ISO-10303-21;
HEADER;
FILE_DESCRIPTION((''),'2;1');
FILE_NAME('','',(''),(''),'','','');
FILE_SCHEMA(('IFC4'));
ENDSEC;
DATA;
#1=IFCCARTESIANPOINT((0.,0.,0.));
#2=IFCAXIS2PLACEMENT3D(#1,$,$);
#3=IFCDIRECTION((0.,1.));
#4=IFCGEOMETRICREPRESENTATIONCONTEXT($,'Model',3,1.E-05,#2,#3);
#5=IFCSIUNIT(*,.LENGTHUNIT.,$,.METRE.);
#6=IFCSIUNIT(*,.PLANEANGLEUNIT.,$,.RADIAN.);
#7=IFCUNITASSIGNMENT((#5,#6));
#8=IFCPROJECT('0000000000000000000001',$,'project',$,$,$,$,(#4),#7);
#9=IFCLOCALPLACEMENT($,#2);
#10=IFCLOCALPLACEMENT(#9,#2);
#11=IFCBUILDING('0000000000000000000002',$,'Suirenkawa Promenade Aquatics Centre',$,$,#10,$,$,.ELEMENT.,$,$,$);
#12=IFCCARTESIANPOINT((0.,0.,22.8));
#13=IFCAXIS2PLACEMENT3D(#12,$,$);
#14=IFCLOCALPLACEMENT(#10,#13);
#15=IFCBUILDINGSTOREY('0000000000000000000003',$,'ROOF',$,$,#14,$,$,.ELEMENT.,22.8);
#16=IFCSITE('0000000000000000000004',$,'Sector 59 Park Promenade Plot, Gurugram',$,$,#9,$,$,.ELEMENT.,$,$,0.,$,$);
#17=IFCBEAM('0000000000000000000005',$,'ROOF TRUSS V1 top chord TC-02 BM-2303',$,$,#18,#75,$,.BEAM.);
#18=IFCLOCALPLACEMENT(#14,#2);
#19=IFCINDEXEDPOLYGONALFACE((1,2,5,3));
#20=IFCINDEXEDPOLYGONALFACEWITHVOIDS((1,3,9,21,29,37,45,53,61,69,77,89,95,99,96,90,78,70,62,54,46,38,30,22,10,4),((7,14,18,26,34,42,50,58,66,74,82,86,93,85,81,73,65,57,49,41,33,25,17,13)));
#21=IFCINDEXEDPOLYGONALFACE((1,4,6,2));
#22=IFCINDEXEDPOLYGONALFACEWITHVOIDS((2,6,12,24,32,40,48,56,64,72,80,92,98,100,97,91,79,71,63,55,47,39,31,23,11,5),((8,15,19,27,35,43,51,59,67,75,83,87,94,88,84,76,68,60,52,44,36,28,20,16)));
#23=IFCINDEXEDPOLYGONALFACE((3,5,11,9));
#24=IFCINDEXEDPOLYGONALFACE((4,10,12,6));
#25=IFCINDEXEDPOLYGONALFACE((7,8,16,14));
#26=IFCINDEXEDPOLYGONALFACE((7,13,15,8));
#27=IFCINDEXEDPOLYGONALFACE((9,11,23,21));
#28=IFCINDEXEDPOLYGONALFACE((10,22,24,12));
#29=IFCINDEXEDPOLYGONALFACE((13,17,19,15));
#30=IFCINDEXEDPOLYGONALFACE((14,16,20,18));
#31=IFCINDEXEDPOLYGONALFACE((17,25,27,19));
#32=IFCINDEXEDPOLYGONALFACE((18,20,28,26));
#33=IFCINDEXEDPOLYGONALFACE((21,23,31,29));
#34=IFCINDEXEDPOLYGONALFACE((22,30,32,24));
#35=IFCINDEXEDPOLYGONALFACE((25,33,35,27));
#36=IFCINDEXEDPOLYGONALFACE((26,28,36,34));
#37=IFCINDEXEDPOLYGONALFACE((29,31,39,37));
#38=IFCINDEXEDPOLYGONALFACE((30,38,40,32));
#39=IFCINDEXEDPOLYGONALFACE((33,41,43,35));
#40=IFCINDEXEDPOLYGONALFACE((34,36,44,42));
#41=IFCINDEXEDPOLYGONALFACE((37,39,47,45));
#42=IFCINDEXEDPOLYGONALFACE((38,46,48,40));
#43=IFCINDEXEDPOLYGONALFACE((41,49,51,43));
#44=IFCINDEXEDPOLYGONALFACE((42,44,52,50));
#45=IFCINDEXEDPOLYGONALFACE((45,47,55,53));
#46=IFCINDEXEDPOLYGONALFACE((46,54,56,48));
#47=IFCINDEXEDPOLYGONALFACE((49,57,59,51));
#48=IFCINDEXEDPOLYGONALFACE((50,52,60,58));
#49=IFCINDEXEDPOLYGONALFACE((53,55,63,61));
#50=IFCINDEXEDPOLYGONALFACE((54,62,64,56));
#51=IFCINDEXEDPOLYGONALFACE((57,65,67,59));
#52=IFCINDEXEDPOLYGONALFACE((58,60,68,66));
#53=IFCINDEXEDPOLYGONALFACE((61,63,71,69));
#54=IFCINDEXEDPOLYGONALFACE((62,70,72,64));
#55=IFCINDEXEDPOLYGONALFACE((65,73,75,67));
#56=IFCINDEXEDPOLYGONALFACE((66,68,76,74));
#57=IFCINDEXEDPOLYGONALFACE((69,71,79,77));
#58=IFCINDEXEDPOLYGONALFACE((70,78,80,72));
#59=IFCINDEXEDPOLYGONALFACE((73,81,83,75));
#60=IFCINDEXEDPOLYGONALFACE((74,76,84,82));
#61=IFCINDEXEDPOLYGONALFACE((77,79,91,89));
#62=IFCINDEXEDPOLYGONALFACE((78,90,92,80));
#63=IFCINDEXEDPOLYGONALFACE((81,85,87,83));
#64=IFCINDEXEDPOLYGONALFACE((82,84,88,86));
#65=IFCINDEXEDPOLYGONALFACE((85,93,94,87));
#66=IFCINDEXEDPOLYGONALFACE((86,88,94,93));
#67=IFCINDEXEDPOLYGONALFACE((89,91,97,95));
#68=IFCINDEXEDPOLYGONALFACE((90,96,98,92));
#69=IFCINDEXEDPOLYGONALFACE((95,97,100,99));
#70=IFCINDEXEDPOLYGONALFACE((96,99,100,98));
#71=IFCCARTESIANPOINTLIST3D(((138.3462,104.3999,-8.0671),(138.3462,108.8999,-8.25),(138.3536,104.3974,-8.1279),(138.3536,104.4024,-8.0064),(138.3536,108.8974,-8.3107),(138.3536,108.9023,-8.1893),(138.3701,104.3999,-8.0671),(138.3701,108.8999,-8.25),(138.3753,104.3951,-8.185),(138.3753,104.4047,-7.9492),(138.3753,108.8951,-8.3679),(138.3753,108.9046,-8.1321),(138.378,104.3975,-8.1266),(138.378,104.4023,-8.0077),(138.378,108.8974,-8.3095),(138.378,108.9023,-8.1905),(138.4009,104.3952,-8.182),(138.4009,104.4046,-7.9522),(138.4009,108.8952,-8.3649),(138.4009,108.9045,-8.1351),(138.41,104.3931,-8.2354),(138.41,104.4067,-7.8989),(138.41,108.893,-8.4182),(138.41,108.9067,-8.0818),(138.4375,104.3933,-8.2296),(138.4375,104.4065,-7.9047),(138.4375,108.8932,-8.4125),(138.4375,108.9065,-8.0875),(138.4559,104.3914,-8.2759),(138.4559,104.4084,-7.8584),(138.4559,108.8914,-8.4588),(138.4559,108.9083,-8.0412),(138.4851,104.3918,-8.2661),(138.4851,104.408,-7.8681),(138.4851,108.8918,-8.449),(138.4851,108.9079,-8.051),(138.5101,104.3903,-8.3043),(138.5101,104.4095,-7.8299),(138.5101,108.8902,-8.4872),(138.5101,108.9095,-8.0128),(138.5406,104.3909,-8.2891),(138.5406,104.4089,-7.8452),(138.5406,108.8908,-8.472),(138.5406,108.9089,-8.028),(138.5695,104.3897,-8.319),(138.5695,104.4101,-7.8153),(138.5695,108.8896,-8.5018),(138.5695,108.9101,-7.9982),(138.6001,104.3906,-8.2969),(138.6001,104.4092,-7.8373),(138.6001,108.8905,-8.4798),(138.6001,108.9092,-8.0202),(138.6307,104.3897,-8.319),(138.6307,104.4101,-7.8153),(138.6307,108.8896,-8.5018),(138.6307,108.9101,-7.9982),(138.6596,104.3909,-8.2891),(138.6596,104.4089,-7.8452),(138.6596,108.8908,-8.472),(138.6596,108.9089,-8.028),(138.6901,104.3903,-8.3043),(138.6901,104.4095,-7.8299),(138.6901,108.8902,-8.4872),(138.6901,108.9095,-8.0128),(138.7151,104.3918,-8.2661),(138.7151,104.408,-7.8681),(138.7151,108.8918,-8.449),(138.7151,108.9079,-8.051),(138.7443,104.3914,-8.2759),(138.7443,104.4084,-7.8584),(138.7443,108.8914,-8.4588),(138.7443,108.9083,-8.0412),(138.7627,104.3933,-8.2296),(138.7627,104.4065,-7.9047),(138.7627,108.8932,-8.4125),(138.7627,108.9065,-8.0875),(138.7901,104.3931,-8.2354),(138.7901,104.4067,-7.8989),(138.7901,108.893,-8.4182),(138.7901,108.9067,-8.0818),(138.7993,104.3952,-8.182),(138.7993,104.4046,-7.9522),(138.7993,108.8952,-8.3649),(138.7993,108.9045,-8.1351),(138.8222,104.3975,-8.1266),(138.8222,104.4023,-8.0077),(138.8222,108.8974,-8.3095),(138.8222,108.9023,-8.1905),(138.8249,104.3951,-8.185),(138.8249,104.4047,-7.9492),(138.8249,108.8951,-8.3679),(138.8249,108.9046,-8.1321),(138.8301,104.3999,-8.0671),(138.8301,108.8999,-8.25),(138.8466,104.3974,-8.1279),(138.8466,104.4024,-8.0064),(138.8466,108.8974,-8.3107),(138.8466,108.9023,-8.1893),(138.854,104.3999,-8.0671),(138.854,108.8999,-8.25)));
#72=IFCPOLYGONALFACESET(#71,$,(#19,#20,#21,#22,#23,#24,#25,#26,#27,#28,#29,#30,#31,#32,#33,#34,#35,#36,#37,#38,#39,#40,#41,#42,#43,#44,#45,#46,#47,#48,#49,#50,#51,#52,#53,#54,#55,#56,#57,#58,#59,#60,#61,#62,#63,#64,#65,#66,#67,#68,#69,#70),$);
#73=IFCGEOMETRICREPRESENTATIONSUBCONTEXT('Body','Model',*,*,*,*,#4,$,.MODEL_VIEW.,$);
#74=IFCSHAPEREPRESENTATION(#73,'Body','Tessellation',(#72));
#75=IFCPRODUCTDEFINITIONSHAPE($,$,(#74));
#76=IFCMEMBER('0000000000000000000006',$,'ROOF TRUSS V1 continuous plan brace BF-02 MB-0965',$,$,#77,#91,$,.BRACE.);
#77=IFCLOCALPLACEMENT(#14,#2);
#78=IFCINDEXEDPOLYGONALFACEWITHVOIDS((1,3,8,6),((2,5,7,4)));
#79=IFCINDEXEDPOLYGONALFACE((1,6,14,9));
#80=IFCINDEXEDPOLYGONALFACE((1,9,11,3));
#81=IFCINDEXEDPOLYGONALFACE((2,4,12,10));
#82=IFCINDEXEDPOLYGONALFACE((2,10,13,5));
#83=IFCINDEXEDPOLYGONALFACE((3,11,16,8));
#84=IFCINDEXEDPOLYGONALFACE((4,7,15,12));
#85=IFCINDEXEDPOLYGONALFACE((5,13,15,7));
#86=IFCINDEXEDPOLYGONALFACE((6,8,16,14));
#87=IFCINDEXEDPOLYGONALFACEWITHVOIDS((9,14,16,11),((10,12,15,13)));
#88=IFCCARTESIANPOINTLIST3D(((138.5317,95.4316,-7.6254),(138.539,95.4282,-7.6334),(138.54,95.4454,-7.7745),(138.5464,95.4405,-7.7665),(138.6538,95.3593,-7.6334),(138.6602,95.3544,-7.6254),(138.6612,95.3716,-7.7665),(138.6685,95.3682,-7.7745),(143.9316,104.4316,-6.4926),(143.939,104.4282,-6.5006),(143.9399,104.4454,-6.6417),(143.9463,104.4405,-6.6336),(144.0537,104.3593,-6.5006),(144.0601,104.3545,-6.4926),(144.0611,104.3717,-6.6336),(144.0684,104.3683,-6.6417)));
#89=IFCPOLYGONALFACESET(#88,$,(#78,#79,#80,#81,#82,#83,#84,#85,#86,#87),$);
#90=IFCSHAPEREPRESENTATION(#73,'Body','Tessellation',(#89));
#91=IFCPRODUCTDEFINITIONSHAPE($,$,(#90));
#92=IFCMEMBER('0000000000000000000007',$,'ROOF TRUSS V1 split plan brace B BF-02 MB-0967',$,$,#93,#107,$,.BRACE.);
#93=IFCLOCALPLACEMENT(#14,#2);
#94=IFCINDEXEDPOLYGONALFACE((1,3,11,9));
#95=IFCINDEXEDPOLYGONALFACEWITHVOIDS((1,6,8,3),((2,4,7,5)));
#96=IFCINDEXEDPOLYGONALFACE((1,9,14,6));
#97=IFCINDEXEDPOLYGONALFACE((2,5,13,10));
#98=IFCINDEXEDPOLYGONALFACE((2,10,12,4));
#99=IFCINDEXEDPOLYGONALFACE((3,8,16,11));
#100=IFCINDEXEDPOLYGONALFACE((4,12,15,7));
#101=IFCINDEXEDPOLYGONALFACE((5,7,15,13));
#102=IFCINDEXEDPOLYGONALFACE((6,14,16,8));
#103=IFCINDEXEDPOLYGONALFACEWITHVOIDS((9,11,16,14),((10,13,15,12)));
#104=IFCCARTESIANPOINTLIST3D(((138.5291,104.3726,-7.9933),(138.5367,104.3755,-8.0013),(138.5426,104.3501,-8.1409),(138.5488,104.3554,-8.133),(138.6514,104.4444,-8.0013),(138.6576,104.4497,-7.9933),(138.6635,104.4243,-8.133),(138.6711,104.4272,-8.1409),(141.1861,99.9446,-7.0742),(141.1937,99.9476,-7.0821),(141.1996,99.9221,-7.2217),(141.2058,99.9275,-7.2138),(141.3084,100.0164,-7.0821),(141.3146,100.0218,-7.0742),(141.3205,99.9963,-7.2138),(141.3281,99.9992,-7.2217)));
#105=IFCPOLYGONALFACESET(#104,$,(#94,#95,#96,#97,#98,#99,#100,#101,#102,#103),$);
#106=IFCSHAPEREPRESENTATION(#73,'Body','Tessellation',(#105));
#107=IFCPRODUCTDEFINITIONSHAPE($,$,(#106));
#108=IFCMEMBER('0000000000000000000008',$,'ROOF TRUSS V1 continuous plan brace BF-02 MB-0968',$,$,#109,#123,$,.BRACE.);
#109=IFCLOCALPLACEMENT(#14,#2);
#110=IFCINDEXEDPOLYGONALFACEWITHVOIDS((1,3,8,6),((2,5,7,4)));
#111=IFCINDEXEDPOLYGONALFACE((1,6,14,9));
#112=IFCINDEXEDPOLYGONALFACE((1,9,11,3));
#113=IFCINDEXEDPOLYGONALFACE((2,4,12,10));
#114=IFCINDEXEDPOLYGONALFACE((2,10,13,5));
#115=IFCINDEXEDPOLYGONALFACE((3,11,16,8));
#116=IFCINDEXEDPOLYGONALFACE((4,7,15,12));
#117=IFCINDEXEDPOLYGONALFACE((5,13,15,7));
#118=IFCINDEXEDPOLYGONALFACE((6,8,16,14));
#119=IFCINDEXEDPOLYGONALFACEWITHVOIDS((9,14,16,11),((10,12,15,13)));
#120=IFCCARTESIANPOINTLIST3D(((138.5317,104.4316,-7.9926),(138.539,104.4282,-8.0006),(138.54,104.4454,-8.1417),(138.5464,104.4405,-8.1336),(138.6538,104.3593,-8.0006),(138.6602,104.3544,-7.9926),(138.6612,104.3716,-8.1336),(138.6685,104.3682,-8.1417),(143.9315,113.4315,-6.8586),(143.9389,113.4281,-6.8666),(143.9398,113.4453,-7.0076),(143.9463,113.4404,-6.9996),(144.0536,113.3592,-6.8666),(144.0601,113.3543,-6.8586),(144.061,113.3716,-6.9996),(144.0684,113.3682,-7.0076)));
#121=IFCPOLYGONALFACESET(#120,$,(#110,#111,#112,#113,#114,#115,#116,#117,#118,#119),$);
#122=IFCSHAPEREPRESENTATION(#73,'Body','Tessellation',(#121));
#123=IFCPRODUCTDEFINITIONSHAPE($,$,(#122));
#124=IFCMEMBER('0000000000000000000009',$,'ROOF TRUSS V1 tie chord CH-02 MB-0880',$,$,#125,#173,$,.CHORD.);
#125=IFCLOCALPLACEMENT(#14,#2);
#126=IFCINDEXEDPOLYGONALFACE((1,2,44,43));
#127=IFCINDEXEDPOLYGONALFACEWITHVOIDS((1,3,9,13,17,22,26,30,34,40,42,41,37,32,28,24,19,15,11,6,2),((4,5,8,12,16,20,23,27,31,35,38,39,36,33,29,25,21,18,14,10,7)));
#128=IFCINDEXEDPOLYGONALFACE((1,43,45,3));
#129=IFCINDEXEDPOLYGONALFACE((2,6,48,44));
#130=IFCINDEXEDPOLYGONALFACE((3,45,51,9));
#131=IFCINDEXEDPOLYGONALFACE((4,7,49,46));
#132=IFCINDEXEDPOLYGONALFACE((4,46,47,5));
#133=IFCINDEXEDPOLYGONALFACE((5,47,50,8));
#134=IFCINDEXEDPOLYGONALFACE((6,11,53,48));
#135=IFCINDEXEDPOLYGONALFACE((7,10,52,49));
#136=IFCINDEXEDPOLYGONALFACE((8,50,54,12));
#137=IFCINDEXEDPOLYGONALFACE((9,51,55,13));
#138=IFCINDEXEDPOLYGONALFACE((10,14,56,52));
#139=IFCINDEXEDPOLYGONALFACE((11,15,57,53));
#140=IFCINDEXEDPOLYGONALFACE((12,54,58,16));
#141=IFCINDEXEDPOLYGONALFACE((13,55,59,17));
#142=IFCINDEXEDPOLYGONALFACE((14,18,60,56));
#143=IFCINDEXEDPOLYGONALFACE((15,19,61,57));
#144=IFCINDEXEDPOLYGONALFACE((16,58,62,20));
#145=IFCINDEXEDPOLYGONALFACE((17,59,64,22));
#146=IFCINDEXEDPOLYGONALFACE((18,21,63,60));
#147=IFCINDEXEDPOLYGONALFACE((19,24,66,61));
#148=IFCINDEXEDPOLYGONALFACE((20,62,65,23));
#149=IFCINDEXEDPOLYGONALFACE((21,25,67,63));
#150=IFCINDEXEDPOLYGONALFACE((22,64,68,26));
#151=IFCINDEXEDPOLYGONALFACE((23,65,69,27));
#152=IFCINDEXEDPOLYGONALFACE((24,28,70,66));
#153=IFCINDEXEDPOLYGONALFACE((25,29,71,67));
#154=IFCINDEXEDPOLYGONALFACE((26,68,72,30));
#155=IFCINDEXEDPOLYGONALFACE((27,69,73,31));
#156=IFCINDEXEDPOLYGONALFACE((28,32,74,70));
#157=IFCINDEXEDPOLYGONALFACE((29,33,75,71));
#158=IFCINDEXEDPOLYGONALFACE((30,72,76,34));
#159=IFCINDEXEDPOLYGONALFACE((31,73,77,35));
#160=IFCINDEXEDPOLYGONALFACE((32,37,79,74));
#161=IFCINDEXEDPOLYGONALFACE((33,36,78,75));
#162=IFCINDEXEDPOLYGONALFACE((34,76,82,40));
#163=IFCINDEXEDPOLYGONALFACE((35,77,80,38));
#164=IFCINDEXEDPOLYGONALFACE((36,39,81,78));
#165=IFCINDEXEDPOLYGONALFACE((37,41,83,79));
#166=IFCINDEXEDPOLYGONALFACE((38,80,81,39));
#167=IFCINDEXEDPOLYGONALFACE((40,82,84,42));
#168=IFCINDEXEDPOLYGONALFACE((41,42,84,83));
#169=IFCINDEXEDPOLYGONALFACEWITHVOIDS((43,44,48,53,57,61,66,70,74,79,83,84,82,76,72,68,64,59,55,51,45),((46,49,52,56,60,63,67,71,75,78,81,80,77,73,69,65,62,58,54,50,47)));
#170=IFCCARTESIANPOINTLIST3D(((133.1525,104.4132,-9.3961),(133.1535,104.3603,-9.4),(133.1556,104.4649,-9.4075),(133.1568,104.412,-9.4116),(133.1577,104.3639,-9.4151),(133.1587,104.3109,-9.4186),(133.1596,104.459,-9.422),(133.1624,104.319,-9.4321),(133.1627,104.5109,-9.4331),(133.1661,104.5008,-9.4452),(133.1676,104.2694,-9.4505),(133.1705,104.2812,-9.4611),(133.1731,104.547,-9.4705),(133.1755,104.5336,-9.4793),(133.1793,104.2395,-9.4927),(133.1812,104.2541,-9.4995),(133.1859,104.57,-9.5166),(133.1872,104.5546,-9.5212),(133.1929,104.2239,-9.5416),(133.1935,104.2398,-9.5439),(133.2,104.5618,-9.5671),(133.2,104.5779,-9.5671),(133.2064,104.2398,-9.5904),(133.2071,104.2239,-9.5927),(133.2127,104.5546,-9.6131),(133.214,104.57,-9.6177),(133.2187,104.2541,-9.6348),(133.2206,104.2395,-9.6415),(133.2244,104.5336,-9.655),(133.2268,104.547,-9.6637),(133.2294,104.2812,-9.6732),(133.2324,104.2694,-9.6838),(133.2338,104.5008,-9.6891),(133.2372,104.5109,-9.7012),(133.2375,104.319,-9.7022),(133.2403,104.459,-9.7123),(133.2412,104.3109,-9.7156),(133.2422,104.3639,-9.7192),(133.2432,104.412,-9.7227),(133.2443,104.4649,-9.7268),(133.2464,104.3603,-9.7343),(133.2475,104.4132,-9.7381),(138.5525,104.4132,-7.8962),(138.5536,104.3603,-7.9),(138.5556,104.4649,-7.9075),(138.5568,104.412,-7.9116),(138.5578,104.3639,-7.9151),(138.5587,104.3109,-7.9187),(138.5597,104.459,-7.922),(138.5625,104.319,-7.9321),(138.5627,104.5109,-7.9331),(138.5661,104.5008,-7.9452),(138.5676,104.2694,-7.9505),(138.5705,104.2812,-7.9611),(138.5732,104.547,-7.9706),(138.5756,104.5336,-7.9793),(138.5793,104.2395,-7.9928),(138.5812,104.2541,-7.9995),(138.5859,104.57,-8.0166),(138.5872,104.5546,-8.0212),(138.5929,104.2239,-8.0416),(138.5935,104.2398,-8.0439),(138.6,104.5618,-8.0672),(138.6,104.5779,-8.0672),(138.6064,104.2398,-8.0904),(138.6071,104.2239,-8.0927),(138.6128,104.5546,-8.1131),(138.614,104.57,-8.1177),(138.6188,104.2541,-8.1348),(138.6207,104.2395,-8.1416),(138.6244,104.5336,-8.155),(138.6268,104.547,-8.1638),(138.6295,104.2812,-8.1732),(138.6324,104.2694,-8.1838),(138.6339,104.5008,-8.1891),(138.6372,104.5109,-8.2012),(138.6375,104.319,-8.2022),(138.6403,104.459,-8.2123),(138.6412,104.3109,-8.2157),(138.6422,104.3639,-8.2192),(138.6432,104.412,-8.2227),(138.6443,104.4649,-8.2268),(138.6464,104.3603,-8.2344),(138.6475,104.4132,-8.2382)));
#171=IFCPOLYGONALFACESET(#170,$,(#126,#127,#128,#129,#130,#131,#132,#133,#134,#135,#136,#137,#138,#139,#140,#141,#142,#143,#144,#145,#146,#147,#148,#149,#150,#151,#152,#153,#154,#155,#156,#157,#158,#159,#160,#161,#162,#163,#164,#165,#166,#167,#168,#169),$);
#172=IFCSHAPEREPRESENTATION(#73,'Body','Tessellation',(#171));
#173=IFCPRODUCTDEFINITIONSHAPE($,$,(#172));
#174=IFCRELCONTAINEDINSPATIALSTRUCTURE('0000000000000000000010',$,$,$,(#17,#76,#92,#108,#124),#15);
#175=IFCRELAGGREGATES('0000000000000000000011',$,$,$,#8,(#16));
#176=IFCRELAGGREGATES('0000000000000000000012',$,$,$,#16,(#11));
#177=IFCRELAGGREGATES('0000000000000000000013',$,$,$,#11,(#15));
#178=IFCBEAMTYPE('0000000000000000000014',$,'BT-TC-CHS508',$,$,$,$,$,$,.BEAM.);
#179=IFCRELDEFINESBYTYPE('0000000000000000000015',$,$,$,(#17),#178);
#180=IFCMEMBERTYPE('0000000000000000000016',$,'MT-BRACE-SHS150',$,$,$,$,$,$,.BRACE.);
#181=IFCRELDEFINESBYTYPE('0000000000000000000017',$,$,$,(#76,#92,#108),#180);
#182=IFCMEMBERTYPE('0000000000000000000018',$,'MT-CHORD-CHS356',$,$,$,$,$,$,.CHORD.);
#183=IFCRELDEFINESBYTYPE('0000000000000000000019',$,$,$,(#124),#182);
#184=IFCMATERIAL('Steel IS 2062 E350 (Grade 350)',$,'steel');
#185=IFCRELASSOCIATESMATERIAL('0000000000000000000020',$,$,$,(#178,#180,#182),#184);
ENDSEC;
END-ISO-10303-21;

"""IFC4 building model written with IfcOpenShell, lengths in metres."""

from ifc_helpers import new_model, si_unit, direction, frame, origin, origin_2d, place, context, subcontext, project, spatial, hollow_rectangle, hollow_circle, extrude, material, material_profile, profile_set, type_object, element, save


model = new_model("IFC4")

# Units and contexts
model_context = context("Model", 3, precision=1e-05, world=origin(), true_north=direction((0.0, 1.0)))
body_context = subcontext(model_context, "Body", "Model", "MODEL_VIEW")
ifc_project = project(units=[si_unit("LENGTHUNIT", "METRE"), si_unit("PLANEANGLEUNIT", "RADIAN")], contexts=[model_context])

# Site, building, storey
site_placement = place(None, origin())
site = spatial("IfcSite", under=ifc_project, at=site_placement, Name="Sector 59 Park Promenade Plot, Gurugram", CompositionType="ELEMENT", RefElevation=0.0)
building_placement = place(site_placement, origin())
building = spatial("IfcBuilding", under=site, at=building_placement, Name="Suirenkawa Promenade Aquatics Centre", CompositionType="ELEMENT")
storey_placement = place(building_placement, frame((0.0, 0.0, 22.8)))
storey = spatial("IfcBuildingStorey", under=building, at=storey_placement, Name="ROOF", CompositionType="ELEMENT", Elevation=22.8)

# Beam
ifc_material_1 = material(Name="Steel IS 2062 E350 (Grade 350)", Category="steel")
ifc_material_profile_1 = material_profile(ifc_material_1, hollow_circle(Radius=0.2539, WallThickness=0.0239, at=origin_2d()), Name="CHS 508x24", Category="steel")
ifc_profile_set_1 = profile_set([ifc_material_profile_1], Name="Steel IS 2062 E350 (Grade 350)")
beam_type_1 = type_object("IfcBeamType", Name="BT-TC-CHS508", PredefinedType="BEAM", material=ifc_profile_set_1)
for number, where, z_axis, x_axis, name in (
    (1, (138.6001, 104.3999, -8.0671), (0.0, 0.999175, -0.040602), (-1.0, 0.0, 0.0), "ROOF TRUSS V1 top chord TC-02 BM-2303"),
):
    element("IfcBeam", number, at=place(storey_placement, frame(where, z_axis=z_axis, x_axis=x_axis)), inside=storey, type_object=beam_type_1, Name=name, PredefinedType="BEAM", context=body_context, shape_type="SweptSolid", body=[
        extrude(hollow_circle(Radius=0.2539, WallThickness=0.0239, at=origin_2d()), origin(), (0.0, 0.0, 1.0), 4.5037),
    ])

# Members
ifc_material_profile_2 = material_profile(ifc_material_1, hollow_rectangle(XDim=0.1499, YDim=0.1499, WallThickness=0.0081, at=origin_2d()), Name="SHS 150x150x8", Category="steel")
ifc_profile_set_2 = profile_set([ifc_material_profile_2], Name="Steel IS 2062 E350 (Grade 350)")
member_type_1 = type_object("IfcMemberType", Name="MT-BRACE-SHS150", PredefinedType="BRACE", material=ifc_profile_set_2)
member_1_placement = place(storey_placement, frame((138.6001, 95.3999, -7.7), z_axis=(0.511518, 0.852546, 0.107308), x_axis=(-0.857497, 0.514489, 0.0)))
element("IfcMember", 2, at=member_1_placement, inside=storey, type_object=member_type_1, Name="ROOF TRUSS V1 continuous plan brace BF-02 MB-0965", PredefinedType="BRACE", context=body_context, shape_type="SweptSolid", body=[
    extrude(hollow_rectangle(XDim=0.1499, YDim=0.1499, WallThickness=0.0081, at=origin_2d()), origin(), (0.0, 0.0, 1.0), 10.5566),
])
member_2_placement = place(storey_placement, frame((141.2571, 99.9719, -7.1479), z_axis=(-0.506561, 0.844207, -0.175246), x_axis=(-0.857476, -0.514524, 0.0)))
element("IfcMember", 3, at=member_2_placement, inside=storey, type_object=member_type_1, Name="ROOF TRUSS V1 split plan brace B BF-02 MB-0967", PredefinedType="BRACE", context=body_context, shape_type="SweptSolid", body=[
    extrude(hollow_rectangle(XDim=0.1499, YDim=0.1499, WallThickness=0.0081, at=origin_2d()), origin(), (0.0, 0.0, 1.0), 5.2451),
])
member_3_placement = place(storey_placement, frame((138.6001, 104.3999, -8.0671), z_axis=(0.511512, 0.852535, 0.107423), x_axis=(-0.857497, 0.514489, 0.0)))
element("IfcMember", 4, at=member_3_placement, inside=storey, type_object=member_type_1, Name="ROOF TRUSS V1 continuous plan brace BF-02 MB-0968", PredefinedType="BRACE", context=body_context, shape_type="SweptSolid", body=[
    extrude(hollow_rectangle(XDim=0.1499, YDim=0.1499, WallThickness=0.0081, at=origin_2d()), origin(), (0.0, 0.0, 1.0), 10.5566),
])
ifc_material_profile_3 = material_profile(ifc_material_1, hollow_circle(Radius=0.178, WallThickness=0.0161, at=origin_2d()), Name="CHS 356x16", Category="steel")
ifc_profile_set_3 = profile_set([ifc_material_profile_3], Name="Steel IS 2062 E350 (Grade 350)")
member_type_2 = type_object("IfcMemberType", Name="MT-CHORD-CHS356", PredefinedType="CHORD", material=ifc_profile_set_3)
member_4_placement = place(storey_placement, frame((133.2, 104.3999, -9.5671), z_axis=(0.96352, 0.0, 0.267637), x_axis=(0.0, 1.0, 0.0)))
element("IfcMember", 5, at=member_4_placement, inside=storey, type_object=member_type_2, Name="ROOF TRUSS V1 tie chord CH-02 MB-0880", PredefinedType="CHORD", context=body_context, shape_type="SweptSolid", body=[
    extrude(hollow_circle(Radius=0.178, WallThickness=0.0161, at=origin_2d()), origin(), (0.0, 0.0, 1.0), 5.6045),
])

save(model, "model.ifc")
